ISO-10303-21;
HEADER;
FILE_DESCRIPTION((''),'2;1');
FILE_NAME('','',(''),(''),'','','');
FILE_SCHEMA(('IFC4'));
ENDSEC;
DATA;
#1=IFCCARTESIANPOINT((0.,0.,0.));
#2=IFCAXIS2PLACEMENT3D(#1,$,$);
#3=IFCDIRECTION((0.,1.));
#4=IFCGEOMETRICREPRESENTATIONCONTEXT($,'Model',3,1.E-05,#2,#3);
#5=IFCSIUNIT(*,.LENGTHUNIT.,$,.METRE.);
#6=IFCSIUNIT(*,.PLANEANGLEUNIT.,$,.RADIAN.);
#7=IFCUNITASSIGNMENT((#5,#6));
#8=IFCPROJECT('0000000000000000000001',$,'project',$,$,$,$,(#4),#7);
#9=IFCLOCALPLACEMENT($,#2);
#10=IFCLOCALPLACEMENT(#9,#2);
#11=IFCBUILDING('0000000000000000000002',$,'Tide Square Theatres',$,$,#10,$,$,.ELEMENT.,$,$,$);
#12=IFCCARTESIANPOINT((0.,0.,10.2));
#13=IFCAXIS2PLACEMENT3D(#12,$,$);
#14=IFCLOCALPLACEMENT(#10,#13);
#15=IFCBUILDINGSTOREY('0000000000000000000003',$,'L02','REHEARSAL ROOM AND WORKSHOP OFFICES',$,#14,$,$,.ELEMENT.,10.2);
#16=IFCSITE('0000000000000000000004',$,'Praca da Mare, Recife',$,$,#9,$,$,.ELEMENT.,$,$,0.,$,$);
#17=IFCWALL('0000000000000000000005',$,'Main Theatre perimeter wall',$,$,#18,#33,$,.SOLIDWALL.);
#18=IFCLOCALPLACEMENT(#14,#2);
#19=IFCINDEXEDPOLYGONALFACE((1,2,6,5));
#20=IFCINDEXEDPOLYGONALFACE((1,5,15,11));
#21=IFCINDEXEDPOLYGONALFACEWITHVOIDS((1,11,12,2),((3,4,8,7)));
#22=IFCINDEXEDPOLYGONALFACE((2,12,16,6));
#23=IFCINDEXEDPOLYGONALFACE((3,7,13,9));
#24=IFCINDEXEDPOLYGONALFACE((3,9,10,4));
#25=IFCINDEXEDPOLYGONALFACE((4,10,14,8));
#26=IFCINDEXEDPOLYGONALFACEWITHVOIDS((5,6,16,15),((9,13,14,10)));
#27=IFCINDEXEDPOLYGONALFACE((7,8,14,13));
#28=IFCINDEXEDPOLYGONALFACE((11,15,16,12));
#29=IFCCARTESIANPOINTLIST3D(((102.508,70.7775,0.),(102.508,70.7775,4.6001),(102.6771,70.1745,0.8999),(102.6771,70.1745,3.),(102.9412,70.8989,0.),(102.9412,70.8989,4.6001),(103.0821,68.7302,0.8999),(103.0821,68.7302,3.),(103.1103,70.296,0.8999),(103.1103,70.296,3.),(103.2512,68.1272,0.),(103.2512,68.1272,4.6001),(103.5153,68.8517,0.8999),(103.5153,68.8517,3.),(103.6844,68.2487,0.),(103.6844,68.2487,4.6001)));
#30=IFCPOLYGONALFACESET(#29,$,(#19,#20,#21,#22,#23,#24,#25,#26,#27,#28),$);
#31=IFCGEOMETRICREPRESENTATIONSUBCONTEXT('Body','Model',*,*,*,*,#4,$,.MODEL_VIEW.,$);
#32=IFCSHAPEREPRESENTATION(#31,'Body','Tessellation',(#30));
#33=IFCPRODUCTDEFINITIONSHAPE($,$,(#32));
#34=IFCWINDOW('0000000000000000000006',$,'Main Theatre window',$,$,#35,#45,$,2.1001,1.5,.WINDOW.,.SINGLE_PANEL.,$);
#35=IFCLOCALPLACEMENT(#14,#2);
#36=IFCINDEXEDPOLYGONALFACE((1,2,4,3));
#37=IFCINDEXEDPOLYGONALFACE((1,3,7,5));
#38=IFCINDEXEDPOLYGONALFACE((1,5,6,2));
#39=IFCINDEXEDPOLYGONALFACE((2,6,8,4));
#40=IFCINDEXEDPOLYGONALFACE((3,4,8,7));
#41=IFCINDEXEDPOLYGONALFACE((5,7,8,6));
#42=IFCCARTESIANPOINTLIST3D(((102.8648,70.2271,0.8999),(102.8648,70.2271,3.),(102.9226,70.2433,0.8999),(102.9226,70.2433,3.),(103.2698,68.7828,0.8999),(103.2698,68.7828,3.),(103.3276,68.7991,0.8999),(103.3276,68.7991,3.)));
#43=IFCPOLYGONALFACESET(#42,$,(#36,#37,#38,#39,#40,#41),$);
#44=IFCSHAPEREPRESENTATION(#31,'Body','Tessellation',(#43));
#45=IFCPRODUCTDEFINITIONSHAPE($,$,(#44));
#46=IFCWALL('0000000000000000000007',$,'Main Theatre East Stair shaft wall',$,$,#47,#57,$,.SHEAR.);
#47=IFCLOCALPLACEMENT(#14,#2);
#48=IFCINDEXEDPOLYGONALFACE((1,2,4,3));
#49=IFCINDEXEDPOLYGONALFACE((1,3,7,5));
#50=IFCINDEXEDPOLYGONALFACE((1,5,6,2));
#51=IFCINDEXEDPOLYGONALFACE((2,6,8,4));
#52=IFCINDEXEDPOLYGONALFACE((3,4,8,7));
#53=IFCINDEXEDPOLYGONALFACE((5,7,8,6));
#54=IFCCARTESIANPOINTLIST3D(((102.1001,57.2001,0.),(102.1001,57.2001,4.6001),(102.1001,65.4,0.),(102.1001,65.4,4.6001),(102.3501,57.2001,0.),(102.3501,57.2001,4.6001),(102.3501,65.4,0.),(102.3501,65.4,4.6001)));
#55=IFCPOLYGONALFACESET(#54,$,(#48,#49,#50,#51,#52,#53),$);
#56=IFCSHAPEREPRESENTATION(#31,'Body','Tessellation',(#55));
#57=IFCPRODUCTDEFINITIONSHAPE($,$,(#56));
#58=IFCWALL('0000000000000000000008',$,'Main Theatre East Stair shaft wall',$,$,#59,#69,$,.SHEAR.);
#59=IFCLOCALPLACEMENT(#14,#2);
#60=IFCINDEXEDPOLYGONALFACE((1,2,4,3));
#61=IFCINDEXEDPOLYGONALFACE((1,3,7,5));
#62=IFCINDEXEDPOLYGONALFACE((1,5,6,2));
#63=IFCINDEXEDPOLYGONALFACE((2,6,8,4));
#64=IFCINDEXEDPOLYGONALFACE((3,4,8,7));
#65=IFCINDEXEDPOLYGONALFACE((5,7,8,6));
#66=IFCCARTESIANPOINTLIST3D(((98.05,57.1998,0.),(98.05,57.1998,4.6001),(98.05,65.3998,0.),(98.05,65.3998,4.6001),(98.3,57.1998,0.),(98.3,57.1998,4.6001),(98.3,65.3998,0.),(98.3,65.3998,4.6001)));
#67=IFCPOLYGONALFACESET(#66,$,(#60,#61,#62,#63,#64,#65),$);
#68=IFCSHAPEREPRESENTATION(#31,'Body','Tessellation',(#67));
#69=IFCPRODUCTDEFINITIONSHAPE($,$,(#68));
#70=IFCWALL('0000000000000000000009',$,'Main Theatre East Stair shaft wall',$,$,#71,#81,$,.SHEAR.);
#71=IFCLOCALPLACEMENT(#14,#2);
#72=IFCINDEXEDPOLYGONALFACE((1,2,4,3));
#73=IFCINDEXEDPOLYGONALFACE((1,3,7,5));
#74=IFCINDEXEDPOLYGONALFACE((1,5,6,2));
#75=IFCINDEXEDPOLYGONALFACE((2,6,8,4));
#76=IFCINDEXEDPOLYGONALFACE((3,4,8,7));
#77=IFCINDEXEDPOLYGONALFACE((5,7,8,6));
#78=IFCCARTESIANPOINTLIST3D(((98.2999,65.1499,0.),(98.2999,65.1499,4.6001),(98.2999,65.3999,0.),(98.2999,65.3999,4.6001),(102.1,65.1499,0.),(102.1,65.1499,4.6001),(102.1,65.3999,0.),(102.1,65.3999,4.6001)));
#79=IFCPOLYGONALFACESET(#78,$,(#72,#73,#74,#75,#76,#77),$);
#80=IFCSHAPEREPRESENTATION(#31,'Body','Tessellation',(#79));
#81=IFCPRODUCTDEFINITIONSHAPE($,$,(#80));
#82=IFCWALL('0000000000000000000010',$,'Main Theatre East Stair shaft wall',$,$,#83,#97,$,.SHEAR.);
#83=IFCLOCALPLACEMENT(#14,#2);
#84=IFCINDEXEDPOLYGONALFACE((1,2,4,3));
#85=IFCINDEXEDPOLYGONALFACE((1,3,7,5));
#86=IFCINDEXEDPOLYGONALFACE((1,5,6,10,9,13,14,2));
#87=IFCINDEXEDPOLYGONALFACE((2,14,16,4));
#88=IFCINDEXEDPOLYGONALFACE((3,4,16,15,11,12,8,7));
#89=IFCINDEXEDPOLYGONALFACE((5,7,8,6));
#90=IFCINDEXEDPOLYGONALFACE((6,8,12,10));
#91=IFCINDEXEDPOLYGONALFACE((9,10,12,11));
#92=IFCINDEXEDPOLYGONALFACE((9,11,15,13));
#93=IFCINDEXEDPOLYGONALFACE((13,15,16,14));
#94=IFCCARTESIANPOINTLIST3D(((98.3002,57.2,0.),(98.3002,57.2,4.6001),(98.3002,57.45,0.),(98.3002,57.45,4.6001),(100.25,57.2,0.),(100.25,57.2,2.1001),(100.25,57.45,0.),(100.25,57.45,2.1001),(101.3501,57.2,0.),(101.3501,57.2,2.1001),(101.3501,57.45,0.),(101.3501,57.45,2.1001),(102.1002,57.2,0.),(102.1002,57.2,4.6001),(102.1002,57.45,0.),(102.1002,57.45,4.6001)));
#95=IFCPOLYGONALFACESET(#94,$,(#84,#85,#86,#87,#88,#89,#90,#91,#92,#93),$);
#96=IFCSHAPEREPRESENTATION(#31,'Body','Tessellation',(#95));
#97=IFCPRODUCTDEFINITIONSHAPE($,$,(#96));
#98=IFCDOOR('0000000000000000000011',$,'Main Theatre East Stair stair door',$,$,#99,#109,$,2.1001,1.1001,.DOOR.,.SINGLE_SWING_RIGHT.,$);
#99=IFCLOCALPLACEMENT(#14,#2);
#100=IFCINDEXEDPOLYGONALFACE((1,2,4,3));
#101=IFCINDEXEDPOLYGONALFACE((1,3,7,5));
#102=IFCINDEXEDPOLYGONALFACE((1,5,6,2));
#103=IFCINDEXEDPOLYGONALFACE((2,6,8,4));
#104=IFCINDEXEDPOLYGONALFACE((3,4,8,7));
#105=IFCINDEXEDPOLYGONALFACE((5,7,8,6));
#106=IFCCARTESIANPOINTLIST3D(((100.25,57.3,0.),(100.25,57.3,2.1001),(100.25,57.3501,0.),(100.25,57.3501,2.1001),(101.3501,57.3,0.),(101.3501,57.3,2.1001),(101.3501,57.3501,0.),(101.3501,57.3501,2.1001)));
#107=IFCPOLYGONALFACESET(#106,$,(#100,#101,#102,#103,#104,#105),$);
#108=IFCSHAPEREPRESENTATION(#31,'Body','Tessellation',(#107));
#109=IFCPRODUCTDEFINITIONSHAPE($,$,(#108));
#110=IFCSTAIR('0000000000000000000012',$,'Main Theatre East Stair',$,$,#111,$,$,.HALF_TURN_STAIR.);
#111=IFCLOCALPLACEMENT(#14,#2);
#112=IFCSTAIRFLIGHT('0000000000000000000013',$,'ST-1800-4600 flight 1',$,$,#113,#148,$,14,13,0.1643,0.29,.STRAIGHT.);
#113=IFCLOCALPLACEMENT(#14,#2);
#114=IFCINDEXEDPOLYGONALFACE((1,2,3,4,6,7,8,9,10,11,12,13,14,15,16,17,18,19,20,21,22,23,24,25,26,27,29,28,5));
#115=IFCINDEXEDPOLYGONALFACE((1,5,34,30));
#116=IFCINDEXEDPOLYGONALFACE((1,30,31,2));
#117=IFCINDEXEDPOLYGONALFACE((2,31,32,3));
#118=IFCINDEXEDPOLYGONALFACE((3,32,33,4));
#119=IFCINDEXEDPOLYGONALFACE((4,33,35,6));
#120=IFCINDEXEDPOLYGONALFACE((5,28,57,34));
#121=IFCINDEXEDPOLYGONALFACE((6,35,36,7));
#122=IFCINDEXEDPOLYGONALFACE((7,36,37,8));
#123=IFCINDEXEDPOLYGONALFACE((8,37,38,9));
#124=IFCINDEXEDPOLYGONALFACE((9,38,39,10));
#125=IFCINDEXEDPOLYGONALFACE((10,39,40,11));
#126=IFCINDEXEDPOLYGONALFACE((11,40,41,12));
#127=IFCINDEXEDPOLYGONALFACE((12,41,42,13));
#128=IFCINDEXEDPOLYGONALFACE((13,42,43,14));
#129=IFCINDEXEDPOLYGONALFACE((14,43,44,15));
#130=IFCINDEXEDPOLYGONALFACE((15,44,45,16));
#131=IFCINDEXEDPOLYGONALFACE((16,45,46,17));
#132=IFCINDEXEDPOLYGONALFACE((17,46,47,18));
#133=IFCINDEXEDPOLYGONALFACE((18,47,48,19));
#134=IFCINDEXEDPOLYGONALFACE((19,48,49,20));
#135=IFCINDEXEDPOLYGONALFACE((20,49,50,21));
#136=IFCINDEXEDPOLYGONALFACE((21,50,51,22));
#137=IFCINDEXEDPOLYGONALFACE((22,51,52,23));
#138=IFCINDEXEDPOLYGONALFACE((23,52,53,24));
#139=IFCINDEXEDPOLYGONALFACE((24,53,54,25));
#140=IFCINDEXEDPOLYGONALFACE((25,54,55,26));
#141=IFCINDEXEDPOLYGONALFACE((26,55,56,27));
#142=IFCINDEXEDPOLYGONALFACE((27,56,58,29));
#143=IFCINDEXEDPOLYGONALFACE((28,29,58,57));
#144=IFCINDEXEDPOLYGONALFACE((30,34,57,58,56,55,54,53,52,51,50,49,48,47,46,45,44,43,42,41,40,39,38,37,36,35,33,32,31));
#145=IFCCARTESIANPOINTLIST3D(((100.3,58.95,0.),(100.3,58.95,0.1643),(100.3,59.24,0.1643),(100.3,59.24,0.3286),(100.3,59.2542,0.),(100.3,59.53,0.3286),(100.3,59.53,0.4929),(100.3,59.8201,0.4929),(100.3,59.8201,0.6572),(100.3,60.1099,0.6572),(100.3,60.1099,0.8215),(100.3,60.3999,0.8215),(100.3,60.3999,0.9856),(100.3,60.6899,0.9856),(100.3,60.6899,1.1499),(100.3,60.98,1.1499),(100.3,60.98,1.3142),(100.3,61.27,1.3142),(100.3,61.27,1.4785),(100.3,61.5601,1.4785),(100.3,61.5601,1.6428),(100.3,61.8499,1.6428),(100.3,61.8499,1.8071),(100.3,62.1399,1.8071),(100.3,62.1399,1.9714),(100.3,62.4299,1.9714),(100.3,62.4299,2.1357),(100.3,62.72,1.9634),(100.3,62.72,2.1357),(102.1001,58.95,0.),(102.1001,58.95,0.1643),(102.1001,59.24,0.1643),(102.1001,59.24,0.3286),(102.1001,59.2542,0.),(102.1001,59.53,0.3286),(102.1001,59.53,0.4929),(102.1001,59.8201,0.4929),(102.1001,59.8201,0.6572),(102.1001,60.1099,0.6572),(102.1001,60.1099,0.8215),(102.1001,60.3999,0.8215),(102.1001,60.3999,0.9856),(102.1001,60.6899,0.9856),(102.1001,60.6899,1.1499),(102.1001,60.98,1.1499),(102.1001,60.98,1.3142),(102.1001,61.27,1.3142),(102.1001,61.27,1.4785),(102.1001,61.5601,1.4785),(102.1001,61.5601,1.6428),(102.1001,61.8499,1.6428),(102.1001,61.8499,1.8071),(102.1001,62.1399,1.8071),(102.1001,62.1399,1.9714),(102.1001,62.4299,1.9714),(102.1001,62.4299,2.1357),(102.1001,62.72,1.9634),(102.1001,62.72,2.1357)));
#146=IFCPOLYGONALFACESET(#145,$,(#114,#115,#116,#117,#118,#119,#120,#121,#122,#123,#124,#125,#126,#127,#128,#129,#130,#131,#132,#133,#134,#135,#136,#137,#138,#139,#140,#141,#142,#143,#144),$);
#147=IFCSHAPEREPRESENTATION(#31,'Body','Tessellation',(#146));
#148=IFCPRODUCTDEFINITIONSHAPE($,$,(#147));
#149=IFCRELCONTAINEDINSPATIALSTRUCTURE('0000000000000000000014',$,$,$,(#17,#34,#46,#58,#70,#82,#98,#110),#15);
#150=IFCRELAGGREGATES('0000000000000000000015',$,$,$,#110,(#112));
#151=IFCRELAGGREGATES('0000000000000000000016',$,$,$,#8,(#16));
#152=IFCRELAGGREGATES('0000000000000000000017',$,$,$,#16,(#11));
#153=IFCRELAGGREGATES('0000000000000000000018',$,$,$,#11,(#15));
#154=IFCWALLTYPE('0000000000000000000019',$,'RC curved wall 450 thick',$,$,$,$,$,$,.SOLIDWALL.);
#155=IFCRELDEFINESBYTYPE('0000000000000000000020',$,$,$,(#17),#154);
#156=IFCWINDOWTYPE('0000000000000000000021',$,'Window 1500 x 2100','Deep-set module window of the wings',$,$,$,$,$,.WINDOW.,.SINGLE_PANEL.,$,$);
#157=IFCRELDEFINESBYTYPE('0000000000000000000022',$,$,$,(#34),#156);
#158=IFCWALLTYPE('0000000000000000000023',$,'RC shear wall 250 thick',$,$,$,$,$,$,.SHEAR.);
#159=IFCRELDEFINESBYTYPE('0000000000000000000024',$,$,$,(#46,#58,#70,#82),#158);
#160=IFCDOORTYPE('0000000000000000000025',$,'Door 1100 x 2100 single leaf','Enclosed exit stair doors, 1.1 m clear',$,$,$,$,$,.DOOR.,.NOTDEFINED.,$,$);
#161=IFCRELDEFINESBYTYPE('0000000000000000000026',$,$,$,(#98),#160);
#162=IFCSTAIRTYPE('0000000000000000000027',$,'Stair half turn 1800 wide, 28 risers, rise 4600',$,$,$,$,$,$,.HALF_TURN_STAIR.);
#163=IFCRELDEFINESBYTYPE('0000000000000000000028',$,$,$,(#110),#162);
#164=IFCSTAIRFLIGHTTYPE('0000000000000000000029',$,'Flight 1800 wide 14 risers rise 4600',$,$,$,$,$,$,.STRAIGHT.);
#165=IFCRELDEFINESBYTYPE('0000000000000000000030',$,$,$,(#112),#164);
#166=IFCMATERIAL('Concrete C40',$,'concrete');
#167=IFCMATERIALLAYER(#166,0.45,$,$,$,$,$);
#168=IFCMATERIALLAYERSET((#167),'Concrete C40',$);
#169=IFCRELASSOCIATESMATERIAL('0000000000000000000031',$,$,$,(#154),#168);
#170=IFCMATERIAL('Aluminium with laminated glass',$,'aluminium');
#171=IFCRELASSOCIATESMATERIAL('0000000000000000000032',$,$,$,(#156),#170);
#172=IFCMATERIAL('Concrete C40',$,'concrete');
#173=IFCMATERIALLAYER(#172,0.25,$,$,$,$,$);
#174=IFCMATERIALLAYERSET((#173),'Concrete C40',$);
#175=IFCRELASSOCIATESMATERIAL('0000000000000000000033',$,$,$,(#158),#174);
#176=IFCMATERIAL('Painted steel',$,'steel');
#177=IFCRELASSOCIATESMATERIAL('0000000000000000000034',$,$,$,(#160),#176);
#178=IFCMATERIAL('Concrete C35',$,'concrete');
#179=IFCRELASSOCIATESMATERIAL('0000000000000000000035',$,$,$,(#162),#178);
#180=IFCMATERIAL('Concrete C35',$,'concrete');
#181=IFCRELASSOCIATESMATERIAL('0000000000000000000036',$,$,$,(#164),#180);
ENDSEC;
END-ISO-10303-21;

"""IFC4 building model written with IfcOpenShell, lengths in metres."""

from ifc_helpers import new_model, si_unit, direction, frame, frame_2d, origin, place, context, subcontext, project, spatial, polyline, rectangle, outline, extrude, material, layer, layer_set, type_object, element, fill, aggregate, save


model = new_model("IFC4")

# Units and contexts
model_context = context("Model", 3, precision=1e-05, world=origin(), true_north=direction((0.0, 1.0)))
body_context = subcontext(model_context, "Body", "Model", "MODEL_VIEW")
ifc_project = project(units=[si_unit("LENGTHUNIT", "METRE"), si_unit("PLANEANGLEUNIT", "RADIAN")], contexts=[model_context])

# Site, building, storey
site_placement = place(None, origin())
site = spatial("IfcSite", under=ifc_project, at=site_placement, Name="Praca da Mare, Recife", CompositionType="ELEMENT", RefElevation=0.0)
building_placement = place(site_placement, origin())
building = spatial("IfcBuilding", under=site, at=building_placement, Name="Tide Square Theatres", CompositionType="ELEMENT")
storey_placement = place(building_placement, frame((0.0, 0.0, 10.2)))
storey = spatial("IfcBuildingStorey", under=building, at=storey_placement, Name="L02", Description="REHEARSAL ROOM AND WORKSHOP OFFICES", CompositionType="ELEMENT", Elevation=10.2)

# Shared definitions
ifc_material_1 = material(Name="Concrete C40", Category="concrete")
ifc_layer_1 = layer(ifc_material_1, 0.45)
ifc_layer_set_1 = layer_set([ifc_layer_1], Name="Concrete C40")
wall_type_1 = type_object("IfcWallType", Name="RC curved wall 450 thick", PredefinedType="SOLIDWALL", material=ifc_layer_set_1)

# Wall, opening, window
wall_1_placement = place(storey_placement, frame((103.4678, 68.188, 0.0), z_axis=(0.0, 0.0, 1.0), x_axis=(-0.270008, 0.962858, 0.0)))
wall_1 = element("IfcWall", 1, at=wall_1_placement, inside=storey, type_object=wall_type_1, Name="Main Theatre perimeter wall", PredefinedType="SOLIDWALL", context=body_context, shape_type="SweptSolid", body=[
    extrude(rectangle(XDim=2.7524, YDim=0.45, at=frame_2d((1.3762, 0.0))), origin(), (0.0, 0.0, 1.0), 4.6001),
])
opening_1_placement = place(wall_1_placement, frame((0.6262, 0.0, 0.8999)))
opening_1 = element("IfcOpeningElement", 2, at=opening_1_placement, cuts=wall_1, PredefinedType="OPENING", context=body_context, shape_type="SweptSolid", body=[
    extrude(rectangle(XDim=1.5, YDim=2.1001, at=frame_2d((0.75, 1.05))), frame((0.0, 0.2349, 0.0), z_axis=(0.0, -1.0, 0.0), x_axis=(1.0, 0.0, 0.0)), (0.0, 0.0, 1.0), 0.47),
])
ifc_material_2 = material(Name="Aluminium with laminated glass", Category="aluminium")
window_type = type_object("IfcWindowType", Name="Window 1500 x 2100", Description="Deep-set module window of the wings", PartitioningType="SINGLE_PANEL", PredefinedType="WINDOW", material=ifc_material_2)
window_placement = place(opening_1_placement, origin())
window = element("IfcWindow", 3, at=window_placement, inside=storey, type_object=window_type, Name="Main Theatre window", OverallHeight=2.1001, OverallWidth=1.5, PartitioningType="SINGLE_PANEL", PredefinedType="WINDOW", context=body_context, shape_type="SweptSolid", body=[
    extrude(rectangle(XDim=1.5, YDim=2.1001, at=frame_2d((0.75, 1.05))), frame((0.0, 0.03, 0.0), z_axis=(0.0, -1.0, 0.0), x_axis=(1.0, 0.0, 0.0)), (0.0, 0.0, 1.0), 0.0601),
])
fill(opening_1, window)

# Walls
ifc_material_3 = material(Name="Concrete C40", Category="concrete")
ifc_layer_2 = layer(ifc_material_3, 0.25)
ifc_layer_set_2 = layer_set([ifc_layer_2], Name="Concrete C40")
wall_type_2 = type_object("IfcWallType", Name="RC shear wall 250 thick", PredefinedType="SHEAR", material=ifc_layer_set_2)
for number, where, z_axis, x_axis, name in (
    (4, (102.2251, 57.2, 0.0), (0.0, 0.0, 1.0), (0.0, 1.0, 0.0), "Main Theatre East Stair shaft wall"),
    (5, (98.175, 65.3999, 0.0), (0.0, 0.0, 1.0), (0.0, -1.0, 0.0), "Main Theatre East Stair shaft wall"),
):
    element("IfcWall", number, at=place(storey_placement, frame(where, z_axis=z_axis, x_axis=x_axis)), inside=storey, type_object=wall_type_2, Name=name, PredefinedType="SHEAR", context=body_context, shape_type="SweptSolid", body=[
        extrude(rectangle(XDim=8.2, YDim=0.25, at=frame_2d((4.1001, 0.0))), origin(), (0.0, 0.0, 1.0), 4.6001),
    ])
wall_2_placement = place(storey_placement, frame((98.3, 65.2749, 0.0), z_axis=(0.0, 0.0, 1.0), x_axis=(1.0, 0.0, 0.0)))
element("IfcWall", 6, at=wall_2_placement, inside=storey, type_object=wall_type_2, Name="Main Theatre East Stair shaft wall", PredefinedType="SHEAR", context=body_context, shape_type="SweptSolid", body=[
    extrude(rectangle(XDim=3.8, YDim=0.25, at=frame_2d((1.8999, 0.0))), origin(), (0.0, 0.0, 1.0), 4.6001),
])

# Wall, opening, door
wall_3_placement = place(storey_placement, frame((102.1001, 57.325, 0.0), z_axis=(0.0, 0.0, 1.0), x_axis=(-1.0, 0.0, 0.0)))
wall_3 = element("IfcWall", 7, at=wall_3_placement, inside=storey, type_object=wall_type_2, Name="Main Theatre East Stair shaft wall", PredefinedType="SHEAR", context=body_context, shape_type="SweptSolid", body=[
    extrude(rectangle(XDim=3.8, YDim=0.25, at=frame_2d((1.8999, 0.0))), origin(), (0.0, 0.0, 1.0), 4.6001),
])
opening_2_placement = place(wall_3_placement, frame((0.75, 0.0, 0.0)))
opening_2 = element("IfcOpeningElement", 8, at=opening_2_placement, cuts=wall_3, PredefinedType="OPENING", context=body_context, shape_type="SweptSolid", body=[
    extrude(rectangle(XDim=1.1001, YDim=2.1001, at=frame_2d((0.55, 1.05))), frame((0.0, 0.135, 0.0), z_axis=(0.0, -1.0, 0.0), x_axis=(1.0, 0.0, 0.0)), (0.0, 0.0, 1.0), 0.27),
])
ifc_material_4 = material(Name="Painted steel", Category="steel")
door_type_1 = type_object("IfcDoorType", Name="Door 1100 x 2100 single leaf", Description="Enclosed exit stair doors, 1.1 m clear", OperationType="NOTDEFINED", PredefinedType="DOOR", material=ifc_material_4)
door_1_placement = place(opening_2_placement, origin())
door_1 = element("IfcDoor", 9, at=door_1_placement, inside=storey, type_object=door_type_1, Name="Main Theatre East Stair stair door", OperationType="SINGLE_SWING_RIGHT", OverallHeight=2.1001, OverallWidth=1.1001, PredefinedType="DOOR", context=body_context, shape_type="SweptSolid", body=[
    extrude(rectangle(XDim=1.1001, YDim=2.1001, at=frame_2d((0.55, 1.05))), frame((0.0, 0.0249, 0.0), z_axis=(0.0, -1.0, 0.0), x_axis=(1.0, 0.0, 0.0)), (0.0, 0.0, 1.0), 0.05),
])
fill(opening_2, door_1)

# Stair, stair flight
ifc_material_5 = material(Name="Concrete C35", Category="concrete")
stair_type = type_object("IfcStairType", Name="Stair half turn 1800 wide, 28 risers, rise 4600", PredefinedType="HALF_TURN_STAIR", material=ifc_material_5)
stair_placement = place(storey_placement, origin())
stair = element("IfcStair", 10, at=stair_placement, inside=storey, type_object=stair_type, Name="Main Theatre East Stair", PredefinedType="HALF_TURN_STAIR")
ifc_material_6 = material(Name="Concrete C35", Category="concrete")
stair_flight_type = type_object("IfcStairFlightType", Name="Flight 1800 wide 14 risers rise 4600", PredefinedType="STRAIGHT", material=ifc_material_6)
stair_flight_1_placement = place(storey_placement, frame((101.2, 58.95, 0.0), z_axis=(0.0, 0.0, 1.0), x_axis=(0.0, 1.0, 0.0)))
stair_flight_1 = element("IfcStairFlight", 11, at=stair_flight_1_placement, type_object=stair_flight_type, Name="ST-1800-4600 flight 1", NumberOfRisers=14, NumberOfTreads=13, PredefinedType="STRAIGHT", RiserHeight=0.1643, TreadLength=0.29, context=body_context, shape_type="SweptSolid", body=[
    extrude(outline(polyline([(0.0, 0.0), (0.0, 0.1643), (0.29, 0.1643), (0.29, 0.3286), (0.5801, 0.3286), (0.5801, 0.4929), (0.8701, 0.4929), (0.8701, 0.6572), (1.1599, 0.6572), (1.1599, 0.8215), (1.45, 0.8215), (1.45, 0.9856), (1.74, 0.9856), (1.74, 1.1499), (2.03, 1.1499), (2.03, 1.3142), (2.3201, 1.3142), (2.3201, 1.4785), (2.6101, 1.4785), (2.6101, 1.6428), (2.8999, 1.6428), (2.8999, 1.8071), (3.1899, 1.8071), (3.1899, 1.9714), (3.48, 1.9714), (3.48, 2.1357), (3.77, 2.1357), (3.77, 2.3), (3.77, 1.9634), (0.3042, 0.0), (0.0, 0.0)])), frame((0.0, 0.8999, 0.0), z_axis=(0.0, -1.0, 0.0), x_axis=(1.0, 0.0, 0.0)), (0.0, 0.0, 1.0), 1.8),
])
aggregate(stair, [stair_flight_1])

save(model, "model.ifc")
